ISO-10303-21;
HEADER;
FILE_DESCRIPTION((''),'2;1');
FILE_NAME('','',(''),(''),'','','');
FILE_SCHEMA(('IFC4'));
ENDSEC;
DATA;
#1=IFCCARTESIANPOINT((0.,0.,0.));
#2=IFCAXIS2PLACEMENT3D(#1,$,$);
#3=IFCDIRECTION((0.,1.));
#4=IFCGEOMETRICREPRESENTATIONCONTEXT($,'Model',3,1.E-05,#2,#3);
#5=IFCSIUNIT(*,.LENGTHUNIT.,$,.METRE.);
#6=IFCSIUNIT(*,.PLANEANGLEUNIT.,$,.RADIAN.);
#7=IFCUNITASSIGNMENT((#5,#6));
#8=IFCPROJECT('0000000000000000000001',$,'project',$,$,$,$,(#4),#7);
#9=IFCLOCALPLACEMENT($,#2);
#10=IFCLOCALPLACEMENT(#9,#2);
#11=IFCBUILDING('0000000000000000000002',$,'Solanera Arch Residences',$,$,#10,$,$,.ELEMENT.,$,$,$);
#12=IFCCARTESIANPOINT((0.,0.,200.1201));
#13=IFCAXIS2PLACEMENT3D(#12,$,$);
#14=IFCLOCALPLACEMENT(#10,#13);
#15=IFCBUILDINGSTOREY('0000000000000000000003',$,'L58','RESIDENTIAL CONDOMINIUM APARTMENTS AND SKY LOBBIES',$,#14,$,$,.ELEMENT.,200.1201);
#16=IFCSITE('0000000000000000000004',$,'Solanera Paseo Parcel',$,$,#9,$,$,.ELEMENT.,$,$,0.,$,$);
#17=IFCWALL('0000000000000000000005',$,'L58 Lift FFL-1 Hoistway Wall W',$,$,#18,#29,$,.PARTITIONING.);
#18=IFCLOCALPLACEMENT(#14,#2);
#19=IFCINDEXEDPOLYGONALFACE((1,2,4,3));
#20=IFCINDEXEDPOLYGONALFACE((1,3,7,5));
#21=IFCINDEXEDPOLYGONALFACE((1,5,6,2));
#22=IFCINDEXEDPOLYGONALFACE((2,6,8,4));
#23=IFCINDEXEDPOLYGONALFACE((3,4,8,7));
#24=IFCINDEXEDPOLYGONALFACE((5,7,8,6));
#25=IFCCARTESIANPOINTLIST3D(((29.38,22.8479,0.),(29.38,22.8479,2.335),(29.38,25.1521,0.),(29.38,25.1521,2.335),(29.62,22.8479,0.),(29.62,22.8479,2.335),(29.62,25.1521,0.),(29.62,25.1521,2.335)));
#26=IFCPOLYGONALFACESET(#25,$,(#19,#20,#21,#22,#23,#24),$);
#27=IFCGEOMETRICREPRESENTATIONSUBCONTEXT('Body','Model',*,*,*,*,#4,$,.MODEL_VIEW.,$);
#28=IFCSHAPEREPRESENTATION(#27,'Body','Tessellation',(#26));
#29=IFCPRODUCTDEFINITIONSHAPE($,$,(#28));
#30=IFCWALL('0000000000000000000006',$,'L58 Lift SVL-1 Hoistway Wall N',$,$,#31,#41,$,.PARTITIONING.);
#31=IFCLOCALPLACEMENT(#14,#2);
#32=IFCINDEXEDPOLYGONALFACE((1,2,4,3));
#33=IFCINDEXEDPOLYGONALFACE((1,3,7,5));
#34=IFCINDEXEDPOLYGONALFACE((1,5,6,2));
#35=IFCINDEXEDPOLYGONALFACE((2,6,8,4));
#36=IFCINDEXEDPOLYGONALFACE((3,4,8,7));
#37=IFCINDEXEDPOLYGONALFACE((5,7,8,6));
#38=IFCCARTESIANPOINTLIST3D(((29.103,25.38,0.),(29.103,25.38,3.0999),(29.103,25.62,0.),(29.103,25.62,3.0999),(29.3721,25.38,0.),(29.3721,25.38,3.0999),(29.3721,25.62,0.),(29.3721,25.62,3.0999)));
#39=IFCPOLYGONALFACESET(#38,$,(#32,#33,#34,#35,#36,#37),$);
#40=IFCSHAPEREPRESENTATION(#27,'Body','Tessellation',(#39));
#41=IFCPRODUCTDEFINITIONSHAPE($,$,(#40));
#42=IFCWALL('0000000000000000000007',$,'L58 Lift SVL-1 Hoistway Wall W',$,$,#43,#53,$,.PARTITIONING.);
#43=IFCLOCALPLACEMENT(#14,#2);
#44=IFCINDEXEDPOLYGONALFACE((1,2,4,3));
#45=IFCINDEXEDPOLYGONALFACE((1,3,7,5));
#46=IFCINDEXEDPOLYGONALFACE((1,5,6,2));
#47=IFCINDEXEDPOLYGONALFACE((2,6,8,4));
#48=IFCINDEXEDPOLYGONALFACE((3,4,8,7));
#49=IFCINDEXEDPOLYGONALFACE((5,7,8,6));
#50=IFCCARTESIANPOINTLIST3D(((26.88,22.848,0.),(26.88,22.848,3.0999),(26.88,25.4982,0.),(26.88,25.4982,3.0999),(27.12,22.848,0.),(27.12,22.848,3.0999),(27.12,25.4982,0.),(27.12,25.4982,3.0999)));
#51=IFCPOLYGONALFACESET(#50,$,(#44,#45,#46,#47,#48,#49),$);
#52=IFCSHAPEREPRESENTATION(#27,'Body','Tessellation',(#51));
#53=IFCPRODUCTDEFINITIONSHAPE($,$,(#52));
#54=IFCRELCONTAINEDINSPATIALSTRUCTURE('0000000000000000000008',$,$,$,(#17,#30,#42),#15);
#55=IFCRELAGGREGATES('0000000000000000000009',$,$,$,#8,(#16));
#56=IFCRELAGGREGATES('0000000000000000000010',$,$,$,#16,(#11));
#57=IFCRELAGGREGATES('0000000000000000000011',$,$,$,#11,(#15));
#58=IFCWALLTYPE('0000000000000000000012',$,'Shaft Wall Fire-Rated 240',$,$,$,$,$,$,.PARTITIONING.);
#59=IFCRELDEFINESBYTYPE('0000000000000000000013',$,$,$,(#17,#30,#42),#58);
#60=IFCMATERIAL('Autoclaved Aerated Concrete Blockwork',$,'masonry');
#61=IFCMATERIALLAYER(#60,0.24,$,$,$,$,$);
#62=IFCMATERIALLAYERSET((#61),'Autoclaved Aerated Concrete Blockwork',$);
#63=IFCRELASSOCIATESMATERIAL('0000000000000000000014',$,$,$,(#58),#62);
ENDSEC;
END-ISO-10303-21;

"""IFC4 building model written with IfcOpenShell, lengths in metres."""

from ifc_helpers import new_model, si_unit, direction, frame, frame_2d, origin, place, context, subcontext, project, spatial, rectangle, extrude, material, layer, layer_set, type_object, element, save


model = new_model("IFC4")

# Units and contexts
model_context = context("Model", 3, precision=1e-05, world=origin(), true_north=direction((0.0, 1.0)))
body_context = subcontext(model_context, "Body", "Model", "MODEL_VIEW")
ifc_project = project(units=[si_unit("LENGTHUNIT", "METRE"), si_unit("PLANEANGLEUNIT", "RADIAN")], contexts=[model_context])

# Site, building, storey
site_placement = place(None, origin())
site = spatial("IfcSite", under=ifc_project, at=site_placement, Name="Solanera Paseo Parcel", CompositionType="ELEMENT", RefElevation=0.0)
building_placement = place(site_placement, origin())
building = spatial("IfcBuilding", under=site, at=building_placement, Name="Solanera Arch Residences", CompositionType="ELEMENT")
storey_placement = place(building_placement, frame((0.0, 0.0, 200.1201)))
storey = spatial("IfcBuildingStorey", under=building, at=storey_placement, Name="L58", Description="RESIDENTIAL CONDOMINIUM APARTMENTS AND SKY LOBBIES", CompositionType="ELEMENT", Elevation=200.1201)

# Walls
ifc_material_1 = material(Name="Autoclaved Aerated Concrete Blockwork", Category="masonry")
ifc_layer_1 = layer(ifc_material_1, 0.24)
ifc_layer_set_1 = layer_set([ifc_layer_1], Name="Autoclaved Aerated Concrete Blockwork")
wall_type_1 = type_object("IfcWallType", Name="Shaft Wall Fire-Rated 240", PredefinedType="PARTITIONING", material=ifc_layer_set_1)
wall_1_placement = place(storey_placement, frame((29.5, 22.8479, 0.0), z_axis=(0.0, 0.0, 1.0), x_axis=(0.0, 1.0, 0.0)))
element("IfcWall", 1, at=wall_1_placement, inside=storey, type_object=wall_type_1, Name="L58 Lift FFL-1 Hoistway Wall W", PredefinedType="PARTITIONING", context=body_context, shape_type="SweptSolid", body=[
    extrude(rectangle(XDim=2.3042, YDim=0.24, at=frame_2d((1.1521, 0.0))), origin(), (0.0, 0.0, 1.0), 2.335),
])
wall_2_placement = place(storey_placement, frame((29.103, 25.5, 0.0), z_axis=(0.0, 0.0, 1.0), x_axis=(1.0, 0.0, 0.0)))
element("IfcWall", 2, at=wall_2_placement, inside=storey, type_object=wall_type_1, Name="L58 Lift SVL-1 Hoistway Wall N", PredefinedType="PARTITIONING", context=body_context, shape_type="SweptSolid", body=[
    extrude(rectangle(XDim=0.269, YDim=0.24, at=frame_2d((0.1345, 0.0))), origin(), (0.0, 0.0, 1.0), 3.0999),
])
wall_3_placement = place(storey_placement, frame((27.0, 22.8479, 0.0), z_axis=(0.0, 0.0, 1.0), x_axis=(0.0, 1.0, 0.0)))
element("IfcWall", 3, at=wall_3_placement, inside=storey, type_object=wall_type_1, Name="L58 Lift SVL-1 Hoistway Wall W", PredefinedType="PARTITIONING", context=body_context, shape_type="SweptSolid", body=[
    extrude(rectangle(XDim=2.6501, YDim=0.24, at=frame_2d((1.3252, 0.0))), origin(), (0.0, 0.0, 1.0), 3.0999),
])

save(model, "model.ifc")
